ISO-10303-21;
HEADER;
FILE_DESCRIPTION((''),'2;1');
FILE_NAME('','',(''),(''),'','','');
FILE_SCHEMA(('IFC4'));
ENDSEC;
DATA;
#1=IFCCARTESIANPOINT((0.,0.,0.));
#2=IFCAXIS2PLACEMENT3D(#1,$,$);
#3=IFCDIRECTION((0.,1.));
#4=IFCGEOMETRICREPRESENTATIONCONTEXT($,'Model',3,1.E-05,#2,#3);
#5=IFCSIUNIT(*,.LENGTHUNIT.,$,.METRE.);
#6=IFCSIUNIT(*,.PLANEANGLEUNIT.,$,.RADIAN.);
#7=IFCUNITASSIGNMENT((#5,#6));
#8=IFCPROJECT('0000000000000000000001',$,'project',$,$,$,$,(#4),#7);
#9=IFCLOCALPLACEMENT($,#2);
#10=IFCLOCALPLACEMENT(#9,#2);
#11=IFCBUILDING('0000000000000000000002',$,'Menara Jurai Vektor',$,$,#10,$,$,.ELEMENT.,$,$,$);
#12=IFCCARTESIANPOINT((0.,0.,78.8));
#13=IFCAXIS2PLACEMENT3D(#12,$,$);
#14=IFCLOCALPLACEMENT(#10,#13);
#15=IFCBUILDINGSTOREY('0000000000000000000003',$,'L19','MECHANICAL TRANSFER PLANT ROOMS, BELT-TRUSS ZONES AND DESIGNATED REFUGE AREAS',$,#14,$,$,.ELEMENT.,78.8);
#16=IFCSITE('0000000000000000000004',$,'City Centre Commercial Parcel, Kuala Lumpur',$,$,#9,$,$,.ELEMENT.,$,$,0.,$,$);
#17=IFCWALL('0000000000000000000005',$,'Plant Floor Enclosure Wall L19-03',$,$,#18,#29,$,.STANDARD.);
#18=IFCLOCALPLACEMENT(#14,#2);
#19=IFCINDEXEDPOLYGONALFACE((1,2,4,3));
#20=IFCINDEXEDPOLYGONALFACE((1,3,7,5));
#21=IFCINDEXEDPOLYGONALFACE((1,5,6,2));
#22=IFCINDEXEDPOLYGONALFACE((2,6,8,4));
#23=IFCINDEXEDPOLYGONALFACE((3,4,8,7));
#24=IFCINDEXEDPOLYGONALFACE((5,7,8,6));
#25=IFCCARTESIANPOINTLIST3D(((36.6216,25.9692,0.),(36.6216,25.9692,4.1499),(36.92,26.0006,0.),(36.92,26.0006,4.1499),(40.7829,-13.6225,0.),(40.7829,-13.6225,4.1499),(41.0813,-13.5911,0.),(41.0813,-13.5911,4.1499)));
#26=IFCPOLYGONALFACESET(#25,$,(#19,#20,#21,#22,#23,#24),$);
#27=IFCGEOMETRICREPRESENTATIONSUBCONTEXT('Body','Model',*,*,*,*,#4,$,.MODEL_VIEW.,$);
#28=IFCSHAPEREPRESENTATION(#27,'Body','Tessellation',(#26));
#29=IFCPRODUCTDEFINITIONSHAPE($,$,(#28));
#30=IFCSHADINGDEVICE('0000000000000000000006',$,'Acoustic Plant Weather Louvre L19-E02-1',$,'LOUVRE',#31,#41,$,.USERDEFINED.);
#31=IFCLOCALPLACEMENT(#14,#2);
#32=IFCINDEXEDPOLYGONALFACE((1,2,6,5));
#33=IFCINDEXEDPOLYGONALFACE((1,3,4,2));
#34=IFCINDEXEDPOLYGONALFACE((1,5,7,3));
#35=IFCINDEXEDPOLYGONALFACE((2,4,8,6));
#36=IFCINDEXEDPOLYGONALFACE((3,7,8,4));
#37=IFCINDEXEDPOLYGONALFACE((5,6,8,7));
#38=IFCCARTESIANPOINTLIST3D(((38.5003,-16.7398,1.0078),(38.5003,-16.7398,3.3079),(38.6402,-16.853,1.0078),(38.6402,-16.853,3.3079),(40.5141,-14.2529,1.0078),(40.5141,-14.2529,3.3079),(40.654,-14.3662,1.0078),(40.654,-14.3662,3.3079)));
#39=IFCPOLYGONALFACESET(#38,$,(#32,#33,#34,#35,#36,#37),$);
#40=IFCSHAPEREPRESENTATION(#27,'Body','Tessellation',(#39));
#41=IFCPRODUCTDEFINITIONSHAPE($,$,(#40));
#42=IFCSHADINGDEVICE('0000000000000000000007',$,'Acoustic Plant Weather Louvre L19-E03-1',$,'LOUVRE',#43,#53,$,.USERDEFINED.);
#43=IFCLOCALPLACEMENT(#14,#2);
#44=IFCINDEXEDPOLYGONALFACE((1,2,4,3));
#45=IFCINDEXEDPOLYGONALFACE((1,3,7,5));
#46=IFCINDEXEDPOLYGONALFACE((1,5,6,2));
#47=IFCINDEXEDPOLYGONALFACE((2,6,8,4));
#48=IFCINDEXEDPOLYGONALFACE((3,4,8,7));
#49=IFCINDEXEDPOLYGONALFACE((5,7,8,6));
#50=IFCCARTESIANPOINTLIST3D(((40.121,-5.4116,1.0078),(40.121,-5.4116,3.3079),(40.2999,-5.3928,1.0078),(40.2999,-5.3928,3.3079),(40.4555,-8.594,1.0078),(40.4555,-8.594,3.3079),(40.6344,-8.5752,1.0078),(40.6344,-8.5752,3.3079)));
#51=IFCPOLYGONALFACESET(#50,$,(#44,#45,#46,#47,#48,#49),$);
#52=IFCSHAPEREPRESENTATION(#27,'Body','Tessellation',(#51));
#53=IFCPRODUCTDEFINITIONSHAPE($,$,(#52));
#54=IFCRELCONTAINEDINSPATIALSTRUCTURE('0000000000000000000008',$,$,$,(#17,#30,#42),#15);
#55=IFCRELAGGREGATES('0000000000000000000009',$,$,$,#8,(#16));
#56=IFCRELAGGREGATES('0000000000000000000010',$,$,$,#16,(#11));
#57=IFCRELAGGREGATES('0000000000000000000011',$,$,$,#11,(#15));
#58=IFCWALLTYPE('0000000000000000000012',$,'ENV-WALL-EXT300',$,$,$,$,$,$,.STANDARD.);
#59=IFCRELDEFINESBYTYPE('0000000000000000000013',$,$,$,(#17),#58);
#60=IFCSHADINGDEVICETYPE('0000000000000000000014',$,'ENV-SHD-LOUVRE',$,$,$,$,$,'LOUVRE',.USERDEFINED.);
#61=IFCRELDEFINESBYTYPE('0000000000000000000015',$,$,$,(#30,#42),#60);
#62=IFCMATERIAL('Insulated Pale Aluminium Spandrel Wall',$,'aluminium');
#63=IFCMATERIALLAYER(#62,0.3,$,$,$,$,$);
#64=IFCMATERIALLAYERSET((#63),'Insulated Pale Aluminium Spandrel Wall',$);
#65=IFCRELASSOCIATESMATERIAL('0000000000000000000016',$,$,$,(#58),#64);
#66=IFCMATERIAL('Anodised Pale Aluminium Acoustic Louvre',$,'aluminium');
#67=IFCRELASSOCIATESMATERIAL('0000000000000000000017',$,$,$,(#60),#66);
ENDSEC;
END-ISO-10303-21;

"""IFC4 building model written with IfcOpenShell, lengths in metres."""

from ifc_helpers import new_model, si_unit, direction, frame, frame_2d, origin, origin_2d, place, context, subcontext, project, spatial, rectangle, extrude, material, layer, layer_set, type_object, element, save


model = new_model("IFC4")

# Units and contexts
model_context = context("Model", 3, precision=1e-05, world=origin(), true_north=direction((0.0, 1.0)))
body_context = subcontext(model_context, "Body", "Model", "MODEL_VIEW")
ifc_project = project(units=[si_unit("LENGTHUNIT", "METRE"), si_unit("PLANEANGLEUNIT", "RADIAN")], contexts=[model_context])

# Site, building, storey
site_placement = place(None, origin())
site = spatial("IfcSite", under=ifc_project, at=site_placement, Name="City Centre Commercial Parcel, Kuala Lumpur", CompositionType="ELEMENT", RefElevation=0.0)
building_placement = place(site_placement, origin())
building = spatial("IfcBuilding", under=site, at=building_placement, Name="Menara Jurai Vektor", CompositionType="ELEMENT")
storey_placement = place(building_placement, frame((0.0, 0.0, 78.8)))
storey = spatial("IfcBuildingStorey", under=building, at=storey_placement, Name="L19", Description="MECHANICAL TRANSFER PLANT ROOMS, BELT-TRUSS ZONES AND DESIGNATED REFUGE AREAS", CompositionType="ELEMENT", Elevation=78.8)

# Wall
ifc_material_1 = material(Name="Insulated Pale Aluminium Spandrel Wall", Category="aluminium")
ifc_layer = layer(ifc_material_1, 0.3)
ifc_layer_set = layer_set([ifc_layer], Name="Insulated Pale Aluminium Spandrel Wall")
wall_type = type_object("IfcWallType", Name="ENV-WALL-EXT300", PredefinedType="STANDARD", material=ifc_layer_set)
wall_placement = place(storey_placement, frame((40.9321, -13.6067, 0.0), z_axis=(0.0, 0.0, 1.0), x_axis=(-0.104531, 0.994522, 0.0)))
element("IfcWall", 1, at=wall_placement, inside=storey, type_object=wall_type, Name="Plant Floor Enclosure Wall L19-03", PredefinedType="STANDARD", context=body_context, shape_type="SweptSolid", body=[
    extrude(rectangle(XDim=39.8098, YDim=0.3, at=frame_2d((19.9048, 0.0))), origin(), (0.0, 0.0, 1.0), 4.1499),
])

# Shading devices
ifc_material_2 = material(Name="Anodised Pale Aluminium Acoustic Louvre", Category="aluminium")
shading_device_type = type_object("IfcShadingDeviceType", Name="ENV-SHD-LOUVRE", ElementType="LOUVRE", PredefinedType="USERDEFINED", material=ifc_material_2)
for number, where, z_axis, x_axis, name in (
    (2, (39.5771, -15.553, 1.0078), (0.0, 0.0, 1.0), (0.62932, 0.777146, 0.0), "Acoustic Plant Weather Louvre L19-E02-1"),
    (3, (40.3777, -6.9934, 1.0078), (0.0, 0.0, 1.0), (-0.104528, 0.994522, 0.0), "Acoustic Plant Weather Louvre L19-E03-1"),
):
    element("IfcShadingDevice", number, at=place(storey_placement, frame(where, z_axis=z_axis, x_axis=x_axis)), inside=storey, type_object=shading_device_type, Name=name, ObjectType="LOUVRE", PredefinedType="USERDEFINED", context=body_context, shape_type="SweptSolid", body=[
        extrude(rectangle(XDim=3.2, YDim=0.1799, at=origin_2d()), origin(), (0.0, 0.0, 1.0), 2.3),
    ])

save(model, "model.ifc")
